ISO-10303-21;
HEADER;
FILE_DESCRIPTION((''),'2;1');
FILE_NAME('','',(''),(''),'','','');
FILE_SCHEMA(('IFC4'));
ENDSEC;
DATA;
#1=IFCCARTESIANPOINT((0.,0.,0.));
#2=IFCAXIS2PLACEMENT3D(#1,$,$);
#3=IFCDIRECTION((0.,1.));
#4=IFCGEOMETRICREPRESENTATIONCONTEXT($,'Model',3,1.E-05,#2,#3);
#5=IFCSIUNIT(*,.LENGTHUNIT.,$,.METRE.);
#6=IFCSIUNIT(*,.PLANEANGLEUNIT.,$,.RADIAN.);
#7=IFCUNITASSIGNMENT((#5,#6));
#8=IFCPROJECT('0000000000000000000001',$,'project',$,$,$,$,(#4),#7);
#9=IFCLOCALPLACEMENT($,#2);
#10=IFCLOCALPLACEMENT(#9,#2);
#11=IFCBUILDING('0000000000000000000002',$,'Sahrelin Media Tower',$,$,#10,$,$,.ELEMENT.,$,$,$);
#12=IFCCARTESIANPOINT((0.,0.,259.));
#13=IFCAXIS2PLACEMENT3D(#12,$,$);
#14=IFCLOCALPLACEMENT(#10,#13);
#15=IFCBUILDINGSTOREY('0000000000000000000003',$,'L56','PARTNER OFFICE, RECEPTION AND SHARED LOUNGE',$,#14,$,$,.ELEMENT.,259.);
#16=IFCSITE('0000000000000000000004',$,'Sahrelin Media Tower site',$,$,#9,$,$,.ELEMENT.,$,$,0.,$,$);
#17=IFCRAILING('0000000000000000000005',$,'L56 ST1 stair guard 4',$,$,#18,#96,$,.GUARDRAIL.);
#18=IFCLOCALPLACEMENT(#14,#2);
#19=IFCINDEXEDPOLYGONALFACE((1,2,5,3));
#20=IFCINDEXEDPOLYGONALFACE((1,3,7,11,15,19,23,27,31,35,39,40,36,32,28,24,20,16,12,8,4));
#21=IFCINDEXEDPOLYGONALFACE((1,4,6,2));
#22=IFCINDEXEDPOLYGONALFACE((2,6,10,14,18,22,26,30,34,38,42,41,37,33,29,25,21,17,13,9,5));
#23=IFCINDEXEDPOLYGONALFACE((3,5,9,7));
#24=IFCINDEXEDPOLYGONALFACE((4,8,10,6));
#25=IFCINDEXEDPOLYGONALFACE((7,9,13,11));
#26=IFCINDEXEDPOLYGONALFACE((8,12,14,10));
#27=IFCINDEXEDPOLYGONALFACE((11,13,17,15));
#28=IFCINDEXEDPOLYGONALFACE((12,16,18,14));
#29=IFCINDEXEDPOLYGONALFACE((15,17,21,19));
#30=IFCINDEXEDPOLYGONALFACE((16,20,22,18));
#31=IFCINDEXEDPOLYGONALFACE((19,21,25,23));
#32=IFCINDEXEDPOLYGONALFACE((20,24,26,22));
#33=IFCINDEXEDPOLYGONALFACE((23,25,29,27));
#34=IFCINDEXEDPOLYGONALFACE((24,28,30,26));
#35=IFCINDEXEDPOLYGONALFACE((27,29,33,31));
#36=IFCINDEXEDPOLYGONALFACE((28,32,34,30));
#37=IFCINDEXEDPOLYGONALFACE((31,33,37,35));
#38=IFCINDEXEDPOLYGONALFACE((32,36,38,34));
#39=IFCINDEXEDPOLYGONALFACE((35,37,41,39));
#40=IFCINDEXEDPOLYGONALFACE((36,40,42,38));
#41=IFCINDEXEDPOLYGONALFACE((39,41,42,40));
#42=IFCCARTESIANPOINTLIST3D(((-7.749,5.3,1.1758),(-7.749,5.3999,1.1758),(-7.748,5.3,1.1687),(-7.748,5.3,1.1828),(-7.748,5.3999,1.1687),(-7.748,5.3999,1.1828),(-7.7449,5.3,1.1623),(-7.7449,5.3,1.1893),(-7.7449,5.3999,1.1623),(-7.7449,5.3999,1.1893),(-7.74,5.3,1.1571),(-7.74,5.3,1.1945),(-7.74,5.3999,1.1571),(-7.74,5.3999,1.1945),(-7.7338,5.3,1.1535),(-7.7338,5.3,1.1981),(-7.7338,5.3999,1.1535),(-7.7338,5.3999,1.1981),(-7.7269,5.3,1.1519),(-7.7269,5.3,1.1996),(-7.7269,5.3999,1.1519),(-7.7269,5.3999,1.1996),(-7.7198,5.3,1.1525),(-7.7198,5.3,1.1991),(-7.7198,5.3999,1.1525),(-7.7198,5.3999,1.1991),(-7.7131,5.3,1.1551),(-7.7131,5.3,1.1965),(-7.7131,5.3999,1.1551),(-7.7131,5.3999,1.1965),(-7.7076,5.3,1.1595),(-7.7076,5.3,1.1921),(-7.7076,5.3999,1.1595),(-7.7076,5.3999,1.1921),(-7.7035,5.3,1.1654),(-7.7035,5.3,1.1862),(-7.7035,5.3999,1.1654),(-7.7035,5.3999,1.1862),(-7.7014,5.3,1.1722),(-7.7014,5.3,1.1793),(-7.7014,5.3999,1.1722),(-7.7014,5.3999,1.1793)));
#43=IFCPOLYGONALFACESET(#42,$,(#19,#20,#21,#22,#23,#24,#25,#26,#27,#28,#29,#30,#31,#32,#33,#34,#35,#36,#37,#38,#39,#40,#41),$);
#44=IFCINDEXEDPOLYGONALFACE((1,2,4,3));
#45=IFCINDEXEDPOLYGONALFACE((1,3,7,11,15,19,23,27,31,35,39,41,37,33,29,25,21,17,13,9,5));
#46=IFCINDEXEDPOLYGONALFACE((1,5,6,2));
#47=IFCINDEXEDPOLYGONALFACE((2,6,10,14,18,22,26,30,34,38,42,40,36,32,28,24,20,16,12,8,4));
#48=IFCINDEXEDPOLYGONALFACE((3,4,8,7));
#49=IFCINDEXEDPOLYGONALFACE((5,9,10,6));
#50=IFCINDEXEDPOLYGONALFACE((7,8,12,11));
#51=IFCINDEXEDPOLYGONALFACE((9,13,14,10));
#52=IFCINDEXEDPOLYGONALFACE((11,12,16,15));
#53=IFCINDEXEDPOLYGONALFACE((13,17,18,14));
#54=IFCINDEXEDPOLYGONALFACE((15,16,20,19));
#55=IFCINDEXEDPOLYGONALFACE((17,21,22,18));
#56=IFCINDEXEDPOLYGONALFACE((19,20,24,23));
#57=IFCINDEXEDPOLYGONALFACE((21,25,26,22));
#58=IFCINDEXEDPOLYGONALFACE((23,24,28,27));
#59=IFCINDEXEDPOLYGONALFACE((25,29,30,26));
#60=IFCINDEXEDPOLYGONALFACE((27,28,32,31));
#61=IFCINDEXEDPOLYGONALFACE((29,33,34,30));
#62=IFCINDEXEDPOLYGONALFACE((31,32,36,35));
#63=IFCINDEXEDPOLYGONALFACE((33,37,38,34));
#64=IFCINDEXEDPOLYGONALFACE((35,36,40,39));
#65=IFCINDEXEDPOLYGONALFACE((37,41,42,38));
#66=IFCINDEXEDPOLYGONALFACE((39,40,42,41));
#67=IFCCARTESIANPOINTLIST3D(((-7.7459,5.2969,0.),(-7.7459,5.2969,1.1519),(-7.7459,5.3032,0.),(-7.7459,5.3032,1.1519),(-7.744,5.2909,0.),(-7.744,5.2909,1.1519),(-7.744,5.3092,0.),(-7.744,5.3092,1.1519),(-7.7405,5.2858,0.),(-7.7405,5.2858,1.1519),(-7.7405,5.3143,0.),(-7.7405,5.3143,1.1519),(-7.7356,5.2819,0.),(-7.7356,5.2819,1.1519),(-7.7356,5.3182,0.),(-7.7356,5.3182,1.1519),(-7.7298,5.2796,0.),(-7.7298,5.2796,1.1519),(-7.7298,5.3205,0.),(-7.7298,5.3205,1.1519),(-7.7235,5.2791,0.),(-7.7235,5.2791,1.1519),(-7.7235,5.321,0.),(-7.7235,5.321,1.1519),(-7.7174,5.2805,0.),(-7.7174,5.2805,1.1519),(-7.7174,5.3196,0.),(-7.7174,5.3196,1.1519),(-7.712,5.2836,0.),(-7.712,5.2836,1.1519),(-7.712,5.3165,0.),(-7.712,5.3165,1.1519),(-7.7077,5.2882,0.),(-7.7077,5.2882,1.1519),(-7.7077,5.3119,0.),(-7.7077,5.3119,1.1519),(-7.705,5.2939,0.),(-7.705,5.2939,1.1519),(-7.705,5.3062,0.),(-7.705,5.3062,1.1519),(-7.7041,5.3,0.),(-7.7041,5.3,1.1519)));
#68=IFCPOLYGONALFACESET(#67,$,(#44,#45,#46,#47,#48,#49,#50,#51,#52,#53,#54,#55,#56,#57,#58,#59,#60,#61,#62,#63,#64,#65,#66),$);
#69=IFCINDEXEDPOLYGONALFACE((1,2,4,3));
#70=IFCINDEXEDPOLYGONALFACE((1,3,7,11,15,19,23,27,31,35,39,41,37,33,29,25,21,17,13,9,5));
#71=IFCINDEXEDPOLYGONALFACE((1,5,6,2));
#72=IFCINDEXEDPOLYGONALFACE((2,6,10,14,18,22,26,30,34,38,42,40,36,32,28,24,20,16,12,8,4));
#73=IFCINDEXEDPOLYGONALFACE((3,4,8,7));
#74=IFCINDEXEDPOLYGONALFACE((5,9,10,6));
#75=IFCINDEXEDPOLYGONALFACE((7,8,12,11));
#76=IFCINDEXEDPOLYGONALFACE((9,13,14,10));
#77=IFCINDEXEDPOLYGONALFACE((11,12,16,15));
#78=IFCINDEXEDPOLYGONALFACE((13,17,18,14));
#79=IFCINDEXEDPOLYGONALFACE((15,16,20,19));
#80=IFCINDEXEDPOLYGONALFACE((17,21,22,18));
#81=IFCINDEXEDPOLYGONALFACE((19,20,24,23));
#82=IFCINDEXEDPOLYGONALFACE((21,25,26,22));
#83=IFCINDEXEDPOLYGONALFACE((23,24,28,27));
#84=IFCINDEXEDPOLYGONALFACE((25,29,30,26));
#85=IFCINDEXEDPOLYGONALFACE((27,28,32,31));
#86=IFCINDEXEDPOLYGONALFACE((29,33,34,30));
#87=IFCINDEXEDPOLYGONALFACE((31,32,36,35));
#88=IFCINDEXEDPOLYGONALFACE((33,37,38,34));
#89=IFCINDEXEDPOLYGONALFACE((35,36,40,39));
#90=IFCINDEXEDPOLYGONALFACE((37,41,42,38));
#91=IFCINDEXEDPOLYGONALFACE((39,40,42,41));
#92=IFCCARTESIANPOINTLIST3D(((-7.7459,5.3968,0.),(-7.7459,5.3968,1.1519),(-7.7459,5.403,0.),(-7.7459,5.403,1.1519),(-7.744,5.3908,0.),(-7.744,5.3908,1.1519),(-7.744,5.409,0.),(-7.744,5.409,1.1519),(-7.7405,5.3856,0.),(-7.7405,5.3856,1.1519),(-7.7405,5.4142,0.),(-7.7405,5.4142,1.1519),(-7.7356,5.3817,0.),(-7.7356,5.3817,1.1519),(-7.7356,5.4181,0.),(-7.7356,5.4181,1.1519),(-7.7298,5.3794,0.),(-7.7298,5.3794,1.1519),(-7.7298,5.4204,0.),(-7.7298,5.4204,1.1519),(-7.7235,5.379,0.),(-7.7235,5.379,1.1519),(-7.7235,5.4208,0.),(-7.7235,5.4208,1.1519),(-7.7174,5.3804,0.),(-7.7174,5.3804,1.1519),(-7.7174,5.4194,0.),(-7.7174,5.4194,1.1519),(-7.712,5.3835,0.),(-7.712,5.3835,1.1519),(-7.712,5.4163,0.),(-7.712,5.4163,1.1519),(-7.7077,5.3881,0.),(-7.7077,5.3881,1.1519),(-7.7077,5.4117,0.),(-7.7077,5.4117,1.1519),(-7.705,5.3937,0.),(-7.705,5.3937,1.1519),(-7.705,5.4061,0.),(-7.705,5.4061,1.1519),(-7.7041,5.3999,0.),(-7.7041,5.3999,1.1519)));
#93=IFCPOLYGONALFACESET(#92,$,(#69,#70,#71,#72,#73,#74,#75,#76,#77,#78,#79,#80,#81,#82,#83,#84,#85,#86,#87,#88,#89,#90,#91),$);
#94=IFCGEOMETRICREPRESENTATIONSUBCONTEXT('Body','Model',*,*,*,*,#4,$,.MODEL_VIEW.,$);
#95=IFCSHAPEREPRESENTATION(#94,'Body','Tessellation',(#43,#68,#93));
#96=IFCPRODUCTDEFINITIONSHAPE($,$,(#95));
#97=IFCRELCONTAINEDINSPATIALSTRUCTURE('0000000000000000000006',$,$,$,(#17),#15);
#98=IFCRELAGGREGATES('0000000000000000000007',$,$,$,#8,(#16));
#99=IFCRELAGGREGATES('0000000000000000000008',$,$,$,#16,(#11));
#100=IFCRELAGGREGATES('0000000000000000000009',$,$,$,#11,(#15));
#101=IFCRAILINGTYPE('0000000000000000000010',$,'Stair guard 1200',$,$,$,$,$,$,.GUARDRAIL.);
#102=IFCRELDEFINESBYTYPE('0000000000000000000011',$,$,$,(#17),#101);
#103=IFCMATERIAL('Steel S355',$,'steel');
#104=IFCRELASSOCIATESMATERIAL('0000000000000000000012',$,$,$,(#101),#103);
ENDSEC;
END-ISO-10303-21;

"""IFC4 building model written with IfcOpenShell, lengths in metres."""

from ifc_helpers import new_model, si_unit, direction, frame, origin, origin_2d, place, context, subcontext, project, spatial, circle, extrude, material, type_object, element, save


model = new_model("IFC4")

# Units and contexts
model_context = context("Model", 3, precision=1e-05, world=origin(), true_north=direction((0.0, 1.0)))
body_context = subcontext(model_context, "Body", "Model", "MODEL_VIEW")
ifc_project = project(units=[si_unit("LENGTHUNIT", "METRE"), si_unit("PLANEANGLEUNIT", "RADIAN")], contexts=[model_context])

# Site, building, storey
site_placement = place(None, origin())
site = spatial("IfcSite", under=ifc_project, at=site_placement, Name="Sahrelin Media Tower site", CompositionType="ELEMENT", RefElevation=0.0)
building_placement = place(site_placement, origin())
building = spatial("IfcBuilding", under=site, at=building_placement, Name="Sahrelin Media Tower", CompositionType="ELEMENT")
storey_placement = place(building_placement, frame((0.0, 0.0, 259.0)))
storey = spatial("IfcBuildingStorey", under=building, at=storey_placement, Name="L56", Description="PARTNER OFFICE, RECEPTION AND SHARED LOUNGE", CompositionType="ELEMENT", Elevation=259.0)

# Shared definitions
ifc_material_1 = material(Name="Steel S355", Category="steel")

# Railing
railing_type_1 = type_object("IfcRailingType", Name="Stair guard 1200", PredefinedType="GUARDRAIL", material=ifc_material_1)
railing_1_placement = place(storey_placement, frame((-7.7251, 5.3, 0.0)))
element("IfcRailing", 1, at=railing_1_placement, inside=storey, type_object=railing_type_1, Name="L56 ST1 stair guard 4", PredefinedType="GUARDRAIL", context=body_context, shape_type="SweptSolid", body=[
    extrude(circle(Radius=0.0239, at=origin_2d()), frame((0.0, 0.0, 1.1758), z_axis=(0.0, 1.0, 0.0), x_axis=(-1.0, 0.0, 0.0)), (0.0, 0.0, 1.0), 0.0999),
    extrude(circle(Radius=0.021, at=origin_2d()), origin(), (0.0, 0.0, 1.0), 1.1519),
    extrude(circle(Radius=0.021, at=origin_2d()), frame((0.0, 0.0999, 0.0)), (0.0, 0.0, 1.0), 1.1519),
])

save(model, "model.ifc")
